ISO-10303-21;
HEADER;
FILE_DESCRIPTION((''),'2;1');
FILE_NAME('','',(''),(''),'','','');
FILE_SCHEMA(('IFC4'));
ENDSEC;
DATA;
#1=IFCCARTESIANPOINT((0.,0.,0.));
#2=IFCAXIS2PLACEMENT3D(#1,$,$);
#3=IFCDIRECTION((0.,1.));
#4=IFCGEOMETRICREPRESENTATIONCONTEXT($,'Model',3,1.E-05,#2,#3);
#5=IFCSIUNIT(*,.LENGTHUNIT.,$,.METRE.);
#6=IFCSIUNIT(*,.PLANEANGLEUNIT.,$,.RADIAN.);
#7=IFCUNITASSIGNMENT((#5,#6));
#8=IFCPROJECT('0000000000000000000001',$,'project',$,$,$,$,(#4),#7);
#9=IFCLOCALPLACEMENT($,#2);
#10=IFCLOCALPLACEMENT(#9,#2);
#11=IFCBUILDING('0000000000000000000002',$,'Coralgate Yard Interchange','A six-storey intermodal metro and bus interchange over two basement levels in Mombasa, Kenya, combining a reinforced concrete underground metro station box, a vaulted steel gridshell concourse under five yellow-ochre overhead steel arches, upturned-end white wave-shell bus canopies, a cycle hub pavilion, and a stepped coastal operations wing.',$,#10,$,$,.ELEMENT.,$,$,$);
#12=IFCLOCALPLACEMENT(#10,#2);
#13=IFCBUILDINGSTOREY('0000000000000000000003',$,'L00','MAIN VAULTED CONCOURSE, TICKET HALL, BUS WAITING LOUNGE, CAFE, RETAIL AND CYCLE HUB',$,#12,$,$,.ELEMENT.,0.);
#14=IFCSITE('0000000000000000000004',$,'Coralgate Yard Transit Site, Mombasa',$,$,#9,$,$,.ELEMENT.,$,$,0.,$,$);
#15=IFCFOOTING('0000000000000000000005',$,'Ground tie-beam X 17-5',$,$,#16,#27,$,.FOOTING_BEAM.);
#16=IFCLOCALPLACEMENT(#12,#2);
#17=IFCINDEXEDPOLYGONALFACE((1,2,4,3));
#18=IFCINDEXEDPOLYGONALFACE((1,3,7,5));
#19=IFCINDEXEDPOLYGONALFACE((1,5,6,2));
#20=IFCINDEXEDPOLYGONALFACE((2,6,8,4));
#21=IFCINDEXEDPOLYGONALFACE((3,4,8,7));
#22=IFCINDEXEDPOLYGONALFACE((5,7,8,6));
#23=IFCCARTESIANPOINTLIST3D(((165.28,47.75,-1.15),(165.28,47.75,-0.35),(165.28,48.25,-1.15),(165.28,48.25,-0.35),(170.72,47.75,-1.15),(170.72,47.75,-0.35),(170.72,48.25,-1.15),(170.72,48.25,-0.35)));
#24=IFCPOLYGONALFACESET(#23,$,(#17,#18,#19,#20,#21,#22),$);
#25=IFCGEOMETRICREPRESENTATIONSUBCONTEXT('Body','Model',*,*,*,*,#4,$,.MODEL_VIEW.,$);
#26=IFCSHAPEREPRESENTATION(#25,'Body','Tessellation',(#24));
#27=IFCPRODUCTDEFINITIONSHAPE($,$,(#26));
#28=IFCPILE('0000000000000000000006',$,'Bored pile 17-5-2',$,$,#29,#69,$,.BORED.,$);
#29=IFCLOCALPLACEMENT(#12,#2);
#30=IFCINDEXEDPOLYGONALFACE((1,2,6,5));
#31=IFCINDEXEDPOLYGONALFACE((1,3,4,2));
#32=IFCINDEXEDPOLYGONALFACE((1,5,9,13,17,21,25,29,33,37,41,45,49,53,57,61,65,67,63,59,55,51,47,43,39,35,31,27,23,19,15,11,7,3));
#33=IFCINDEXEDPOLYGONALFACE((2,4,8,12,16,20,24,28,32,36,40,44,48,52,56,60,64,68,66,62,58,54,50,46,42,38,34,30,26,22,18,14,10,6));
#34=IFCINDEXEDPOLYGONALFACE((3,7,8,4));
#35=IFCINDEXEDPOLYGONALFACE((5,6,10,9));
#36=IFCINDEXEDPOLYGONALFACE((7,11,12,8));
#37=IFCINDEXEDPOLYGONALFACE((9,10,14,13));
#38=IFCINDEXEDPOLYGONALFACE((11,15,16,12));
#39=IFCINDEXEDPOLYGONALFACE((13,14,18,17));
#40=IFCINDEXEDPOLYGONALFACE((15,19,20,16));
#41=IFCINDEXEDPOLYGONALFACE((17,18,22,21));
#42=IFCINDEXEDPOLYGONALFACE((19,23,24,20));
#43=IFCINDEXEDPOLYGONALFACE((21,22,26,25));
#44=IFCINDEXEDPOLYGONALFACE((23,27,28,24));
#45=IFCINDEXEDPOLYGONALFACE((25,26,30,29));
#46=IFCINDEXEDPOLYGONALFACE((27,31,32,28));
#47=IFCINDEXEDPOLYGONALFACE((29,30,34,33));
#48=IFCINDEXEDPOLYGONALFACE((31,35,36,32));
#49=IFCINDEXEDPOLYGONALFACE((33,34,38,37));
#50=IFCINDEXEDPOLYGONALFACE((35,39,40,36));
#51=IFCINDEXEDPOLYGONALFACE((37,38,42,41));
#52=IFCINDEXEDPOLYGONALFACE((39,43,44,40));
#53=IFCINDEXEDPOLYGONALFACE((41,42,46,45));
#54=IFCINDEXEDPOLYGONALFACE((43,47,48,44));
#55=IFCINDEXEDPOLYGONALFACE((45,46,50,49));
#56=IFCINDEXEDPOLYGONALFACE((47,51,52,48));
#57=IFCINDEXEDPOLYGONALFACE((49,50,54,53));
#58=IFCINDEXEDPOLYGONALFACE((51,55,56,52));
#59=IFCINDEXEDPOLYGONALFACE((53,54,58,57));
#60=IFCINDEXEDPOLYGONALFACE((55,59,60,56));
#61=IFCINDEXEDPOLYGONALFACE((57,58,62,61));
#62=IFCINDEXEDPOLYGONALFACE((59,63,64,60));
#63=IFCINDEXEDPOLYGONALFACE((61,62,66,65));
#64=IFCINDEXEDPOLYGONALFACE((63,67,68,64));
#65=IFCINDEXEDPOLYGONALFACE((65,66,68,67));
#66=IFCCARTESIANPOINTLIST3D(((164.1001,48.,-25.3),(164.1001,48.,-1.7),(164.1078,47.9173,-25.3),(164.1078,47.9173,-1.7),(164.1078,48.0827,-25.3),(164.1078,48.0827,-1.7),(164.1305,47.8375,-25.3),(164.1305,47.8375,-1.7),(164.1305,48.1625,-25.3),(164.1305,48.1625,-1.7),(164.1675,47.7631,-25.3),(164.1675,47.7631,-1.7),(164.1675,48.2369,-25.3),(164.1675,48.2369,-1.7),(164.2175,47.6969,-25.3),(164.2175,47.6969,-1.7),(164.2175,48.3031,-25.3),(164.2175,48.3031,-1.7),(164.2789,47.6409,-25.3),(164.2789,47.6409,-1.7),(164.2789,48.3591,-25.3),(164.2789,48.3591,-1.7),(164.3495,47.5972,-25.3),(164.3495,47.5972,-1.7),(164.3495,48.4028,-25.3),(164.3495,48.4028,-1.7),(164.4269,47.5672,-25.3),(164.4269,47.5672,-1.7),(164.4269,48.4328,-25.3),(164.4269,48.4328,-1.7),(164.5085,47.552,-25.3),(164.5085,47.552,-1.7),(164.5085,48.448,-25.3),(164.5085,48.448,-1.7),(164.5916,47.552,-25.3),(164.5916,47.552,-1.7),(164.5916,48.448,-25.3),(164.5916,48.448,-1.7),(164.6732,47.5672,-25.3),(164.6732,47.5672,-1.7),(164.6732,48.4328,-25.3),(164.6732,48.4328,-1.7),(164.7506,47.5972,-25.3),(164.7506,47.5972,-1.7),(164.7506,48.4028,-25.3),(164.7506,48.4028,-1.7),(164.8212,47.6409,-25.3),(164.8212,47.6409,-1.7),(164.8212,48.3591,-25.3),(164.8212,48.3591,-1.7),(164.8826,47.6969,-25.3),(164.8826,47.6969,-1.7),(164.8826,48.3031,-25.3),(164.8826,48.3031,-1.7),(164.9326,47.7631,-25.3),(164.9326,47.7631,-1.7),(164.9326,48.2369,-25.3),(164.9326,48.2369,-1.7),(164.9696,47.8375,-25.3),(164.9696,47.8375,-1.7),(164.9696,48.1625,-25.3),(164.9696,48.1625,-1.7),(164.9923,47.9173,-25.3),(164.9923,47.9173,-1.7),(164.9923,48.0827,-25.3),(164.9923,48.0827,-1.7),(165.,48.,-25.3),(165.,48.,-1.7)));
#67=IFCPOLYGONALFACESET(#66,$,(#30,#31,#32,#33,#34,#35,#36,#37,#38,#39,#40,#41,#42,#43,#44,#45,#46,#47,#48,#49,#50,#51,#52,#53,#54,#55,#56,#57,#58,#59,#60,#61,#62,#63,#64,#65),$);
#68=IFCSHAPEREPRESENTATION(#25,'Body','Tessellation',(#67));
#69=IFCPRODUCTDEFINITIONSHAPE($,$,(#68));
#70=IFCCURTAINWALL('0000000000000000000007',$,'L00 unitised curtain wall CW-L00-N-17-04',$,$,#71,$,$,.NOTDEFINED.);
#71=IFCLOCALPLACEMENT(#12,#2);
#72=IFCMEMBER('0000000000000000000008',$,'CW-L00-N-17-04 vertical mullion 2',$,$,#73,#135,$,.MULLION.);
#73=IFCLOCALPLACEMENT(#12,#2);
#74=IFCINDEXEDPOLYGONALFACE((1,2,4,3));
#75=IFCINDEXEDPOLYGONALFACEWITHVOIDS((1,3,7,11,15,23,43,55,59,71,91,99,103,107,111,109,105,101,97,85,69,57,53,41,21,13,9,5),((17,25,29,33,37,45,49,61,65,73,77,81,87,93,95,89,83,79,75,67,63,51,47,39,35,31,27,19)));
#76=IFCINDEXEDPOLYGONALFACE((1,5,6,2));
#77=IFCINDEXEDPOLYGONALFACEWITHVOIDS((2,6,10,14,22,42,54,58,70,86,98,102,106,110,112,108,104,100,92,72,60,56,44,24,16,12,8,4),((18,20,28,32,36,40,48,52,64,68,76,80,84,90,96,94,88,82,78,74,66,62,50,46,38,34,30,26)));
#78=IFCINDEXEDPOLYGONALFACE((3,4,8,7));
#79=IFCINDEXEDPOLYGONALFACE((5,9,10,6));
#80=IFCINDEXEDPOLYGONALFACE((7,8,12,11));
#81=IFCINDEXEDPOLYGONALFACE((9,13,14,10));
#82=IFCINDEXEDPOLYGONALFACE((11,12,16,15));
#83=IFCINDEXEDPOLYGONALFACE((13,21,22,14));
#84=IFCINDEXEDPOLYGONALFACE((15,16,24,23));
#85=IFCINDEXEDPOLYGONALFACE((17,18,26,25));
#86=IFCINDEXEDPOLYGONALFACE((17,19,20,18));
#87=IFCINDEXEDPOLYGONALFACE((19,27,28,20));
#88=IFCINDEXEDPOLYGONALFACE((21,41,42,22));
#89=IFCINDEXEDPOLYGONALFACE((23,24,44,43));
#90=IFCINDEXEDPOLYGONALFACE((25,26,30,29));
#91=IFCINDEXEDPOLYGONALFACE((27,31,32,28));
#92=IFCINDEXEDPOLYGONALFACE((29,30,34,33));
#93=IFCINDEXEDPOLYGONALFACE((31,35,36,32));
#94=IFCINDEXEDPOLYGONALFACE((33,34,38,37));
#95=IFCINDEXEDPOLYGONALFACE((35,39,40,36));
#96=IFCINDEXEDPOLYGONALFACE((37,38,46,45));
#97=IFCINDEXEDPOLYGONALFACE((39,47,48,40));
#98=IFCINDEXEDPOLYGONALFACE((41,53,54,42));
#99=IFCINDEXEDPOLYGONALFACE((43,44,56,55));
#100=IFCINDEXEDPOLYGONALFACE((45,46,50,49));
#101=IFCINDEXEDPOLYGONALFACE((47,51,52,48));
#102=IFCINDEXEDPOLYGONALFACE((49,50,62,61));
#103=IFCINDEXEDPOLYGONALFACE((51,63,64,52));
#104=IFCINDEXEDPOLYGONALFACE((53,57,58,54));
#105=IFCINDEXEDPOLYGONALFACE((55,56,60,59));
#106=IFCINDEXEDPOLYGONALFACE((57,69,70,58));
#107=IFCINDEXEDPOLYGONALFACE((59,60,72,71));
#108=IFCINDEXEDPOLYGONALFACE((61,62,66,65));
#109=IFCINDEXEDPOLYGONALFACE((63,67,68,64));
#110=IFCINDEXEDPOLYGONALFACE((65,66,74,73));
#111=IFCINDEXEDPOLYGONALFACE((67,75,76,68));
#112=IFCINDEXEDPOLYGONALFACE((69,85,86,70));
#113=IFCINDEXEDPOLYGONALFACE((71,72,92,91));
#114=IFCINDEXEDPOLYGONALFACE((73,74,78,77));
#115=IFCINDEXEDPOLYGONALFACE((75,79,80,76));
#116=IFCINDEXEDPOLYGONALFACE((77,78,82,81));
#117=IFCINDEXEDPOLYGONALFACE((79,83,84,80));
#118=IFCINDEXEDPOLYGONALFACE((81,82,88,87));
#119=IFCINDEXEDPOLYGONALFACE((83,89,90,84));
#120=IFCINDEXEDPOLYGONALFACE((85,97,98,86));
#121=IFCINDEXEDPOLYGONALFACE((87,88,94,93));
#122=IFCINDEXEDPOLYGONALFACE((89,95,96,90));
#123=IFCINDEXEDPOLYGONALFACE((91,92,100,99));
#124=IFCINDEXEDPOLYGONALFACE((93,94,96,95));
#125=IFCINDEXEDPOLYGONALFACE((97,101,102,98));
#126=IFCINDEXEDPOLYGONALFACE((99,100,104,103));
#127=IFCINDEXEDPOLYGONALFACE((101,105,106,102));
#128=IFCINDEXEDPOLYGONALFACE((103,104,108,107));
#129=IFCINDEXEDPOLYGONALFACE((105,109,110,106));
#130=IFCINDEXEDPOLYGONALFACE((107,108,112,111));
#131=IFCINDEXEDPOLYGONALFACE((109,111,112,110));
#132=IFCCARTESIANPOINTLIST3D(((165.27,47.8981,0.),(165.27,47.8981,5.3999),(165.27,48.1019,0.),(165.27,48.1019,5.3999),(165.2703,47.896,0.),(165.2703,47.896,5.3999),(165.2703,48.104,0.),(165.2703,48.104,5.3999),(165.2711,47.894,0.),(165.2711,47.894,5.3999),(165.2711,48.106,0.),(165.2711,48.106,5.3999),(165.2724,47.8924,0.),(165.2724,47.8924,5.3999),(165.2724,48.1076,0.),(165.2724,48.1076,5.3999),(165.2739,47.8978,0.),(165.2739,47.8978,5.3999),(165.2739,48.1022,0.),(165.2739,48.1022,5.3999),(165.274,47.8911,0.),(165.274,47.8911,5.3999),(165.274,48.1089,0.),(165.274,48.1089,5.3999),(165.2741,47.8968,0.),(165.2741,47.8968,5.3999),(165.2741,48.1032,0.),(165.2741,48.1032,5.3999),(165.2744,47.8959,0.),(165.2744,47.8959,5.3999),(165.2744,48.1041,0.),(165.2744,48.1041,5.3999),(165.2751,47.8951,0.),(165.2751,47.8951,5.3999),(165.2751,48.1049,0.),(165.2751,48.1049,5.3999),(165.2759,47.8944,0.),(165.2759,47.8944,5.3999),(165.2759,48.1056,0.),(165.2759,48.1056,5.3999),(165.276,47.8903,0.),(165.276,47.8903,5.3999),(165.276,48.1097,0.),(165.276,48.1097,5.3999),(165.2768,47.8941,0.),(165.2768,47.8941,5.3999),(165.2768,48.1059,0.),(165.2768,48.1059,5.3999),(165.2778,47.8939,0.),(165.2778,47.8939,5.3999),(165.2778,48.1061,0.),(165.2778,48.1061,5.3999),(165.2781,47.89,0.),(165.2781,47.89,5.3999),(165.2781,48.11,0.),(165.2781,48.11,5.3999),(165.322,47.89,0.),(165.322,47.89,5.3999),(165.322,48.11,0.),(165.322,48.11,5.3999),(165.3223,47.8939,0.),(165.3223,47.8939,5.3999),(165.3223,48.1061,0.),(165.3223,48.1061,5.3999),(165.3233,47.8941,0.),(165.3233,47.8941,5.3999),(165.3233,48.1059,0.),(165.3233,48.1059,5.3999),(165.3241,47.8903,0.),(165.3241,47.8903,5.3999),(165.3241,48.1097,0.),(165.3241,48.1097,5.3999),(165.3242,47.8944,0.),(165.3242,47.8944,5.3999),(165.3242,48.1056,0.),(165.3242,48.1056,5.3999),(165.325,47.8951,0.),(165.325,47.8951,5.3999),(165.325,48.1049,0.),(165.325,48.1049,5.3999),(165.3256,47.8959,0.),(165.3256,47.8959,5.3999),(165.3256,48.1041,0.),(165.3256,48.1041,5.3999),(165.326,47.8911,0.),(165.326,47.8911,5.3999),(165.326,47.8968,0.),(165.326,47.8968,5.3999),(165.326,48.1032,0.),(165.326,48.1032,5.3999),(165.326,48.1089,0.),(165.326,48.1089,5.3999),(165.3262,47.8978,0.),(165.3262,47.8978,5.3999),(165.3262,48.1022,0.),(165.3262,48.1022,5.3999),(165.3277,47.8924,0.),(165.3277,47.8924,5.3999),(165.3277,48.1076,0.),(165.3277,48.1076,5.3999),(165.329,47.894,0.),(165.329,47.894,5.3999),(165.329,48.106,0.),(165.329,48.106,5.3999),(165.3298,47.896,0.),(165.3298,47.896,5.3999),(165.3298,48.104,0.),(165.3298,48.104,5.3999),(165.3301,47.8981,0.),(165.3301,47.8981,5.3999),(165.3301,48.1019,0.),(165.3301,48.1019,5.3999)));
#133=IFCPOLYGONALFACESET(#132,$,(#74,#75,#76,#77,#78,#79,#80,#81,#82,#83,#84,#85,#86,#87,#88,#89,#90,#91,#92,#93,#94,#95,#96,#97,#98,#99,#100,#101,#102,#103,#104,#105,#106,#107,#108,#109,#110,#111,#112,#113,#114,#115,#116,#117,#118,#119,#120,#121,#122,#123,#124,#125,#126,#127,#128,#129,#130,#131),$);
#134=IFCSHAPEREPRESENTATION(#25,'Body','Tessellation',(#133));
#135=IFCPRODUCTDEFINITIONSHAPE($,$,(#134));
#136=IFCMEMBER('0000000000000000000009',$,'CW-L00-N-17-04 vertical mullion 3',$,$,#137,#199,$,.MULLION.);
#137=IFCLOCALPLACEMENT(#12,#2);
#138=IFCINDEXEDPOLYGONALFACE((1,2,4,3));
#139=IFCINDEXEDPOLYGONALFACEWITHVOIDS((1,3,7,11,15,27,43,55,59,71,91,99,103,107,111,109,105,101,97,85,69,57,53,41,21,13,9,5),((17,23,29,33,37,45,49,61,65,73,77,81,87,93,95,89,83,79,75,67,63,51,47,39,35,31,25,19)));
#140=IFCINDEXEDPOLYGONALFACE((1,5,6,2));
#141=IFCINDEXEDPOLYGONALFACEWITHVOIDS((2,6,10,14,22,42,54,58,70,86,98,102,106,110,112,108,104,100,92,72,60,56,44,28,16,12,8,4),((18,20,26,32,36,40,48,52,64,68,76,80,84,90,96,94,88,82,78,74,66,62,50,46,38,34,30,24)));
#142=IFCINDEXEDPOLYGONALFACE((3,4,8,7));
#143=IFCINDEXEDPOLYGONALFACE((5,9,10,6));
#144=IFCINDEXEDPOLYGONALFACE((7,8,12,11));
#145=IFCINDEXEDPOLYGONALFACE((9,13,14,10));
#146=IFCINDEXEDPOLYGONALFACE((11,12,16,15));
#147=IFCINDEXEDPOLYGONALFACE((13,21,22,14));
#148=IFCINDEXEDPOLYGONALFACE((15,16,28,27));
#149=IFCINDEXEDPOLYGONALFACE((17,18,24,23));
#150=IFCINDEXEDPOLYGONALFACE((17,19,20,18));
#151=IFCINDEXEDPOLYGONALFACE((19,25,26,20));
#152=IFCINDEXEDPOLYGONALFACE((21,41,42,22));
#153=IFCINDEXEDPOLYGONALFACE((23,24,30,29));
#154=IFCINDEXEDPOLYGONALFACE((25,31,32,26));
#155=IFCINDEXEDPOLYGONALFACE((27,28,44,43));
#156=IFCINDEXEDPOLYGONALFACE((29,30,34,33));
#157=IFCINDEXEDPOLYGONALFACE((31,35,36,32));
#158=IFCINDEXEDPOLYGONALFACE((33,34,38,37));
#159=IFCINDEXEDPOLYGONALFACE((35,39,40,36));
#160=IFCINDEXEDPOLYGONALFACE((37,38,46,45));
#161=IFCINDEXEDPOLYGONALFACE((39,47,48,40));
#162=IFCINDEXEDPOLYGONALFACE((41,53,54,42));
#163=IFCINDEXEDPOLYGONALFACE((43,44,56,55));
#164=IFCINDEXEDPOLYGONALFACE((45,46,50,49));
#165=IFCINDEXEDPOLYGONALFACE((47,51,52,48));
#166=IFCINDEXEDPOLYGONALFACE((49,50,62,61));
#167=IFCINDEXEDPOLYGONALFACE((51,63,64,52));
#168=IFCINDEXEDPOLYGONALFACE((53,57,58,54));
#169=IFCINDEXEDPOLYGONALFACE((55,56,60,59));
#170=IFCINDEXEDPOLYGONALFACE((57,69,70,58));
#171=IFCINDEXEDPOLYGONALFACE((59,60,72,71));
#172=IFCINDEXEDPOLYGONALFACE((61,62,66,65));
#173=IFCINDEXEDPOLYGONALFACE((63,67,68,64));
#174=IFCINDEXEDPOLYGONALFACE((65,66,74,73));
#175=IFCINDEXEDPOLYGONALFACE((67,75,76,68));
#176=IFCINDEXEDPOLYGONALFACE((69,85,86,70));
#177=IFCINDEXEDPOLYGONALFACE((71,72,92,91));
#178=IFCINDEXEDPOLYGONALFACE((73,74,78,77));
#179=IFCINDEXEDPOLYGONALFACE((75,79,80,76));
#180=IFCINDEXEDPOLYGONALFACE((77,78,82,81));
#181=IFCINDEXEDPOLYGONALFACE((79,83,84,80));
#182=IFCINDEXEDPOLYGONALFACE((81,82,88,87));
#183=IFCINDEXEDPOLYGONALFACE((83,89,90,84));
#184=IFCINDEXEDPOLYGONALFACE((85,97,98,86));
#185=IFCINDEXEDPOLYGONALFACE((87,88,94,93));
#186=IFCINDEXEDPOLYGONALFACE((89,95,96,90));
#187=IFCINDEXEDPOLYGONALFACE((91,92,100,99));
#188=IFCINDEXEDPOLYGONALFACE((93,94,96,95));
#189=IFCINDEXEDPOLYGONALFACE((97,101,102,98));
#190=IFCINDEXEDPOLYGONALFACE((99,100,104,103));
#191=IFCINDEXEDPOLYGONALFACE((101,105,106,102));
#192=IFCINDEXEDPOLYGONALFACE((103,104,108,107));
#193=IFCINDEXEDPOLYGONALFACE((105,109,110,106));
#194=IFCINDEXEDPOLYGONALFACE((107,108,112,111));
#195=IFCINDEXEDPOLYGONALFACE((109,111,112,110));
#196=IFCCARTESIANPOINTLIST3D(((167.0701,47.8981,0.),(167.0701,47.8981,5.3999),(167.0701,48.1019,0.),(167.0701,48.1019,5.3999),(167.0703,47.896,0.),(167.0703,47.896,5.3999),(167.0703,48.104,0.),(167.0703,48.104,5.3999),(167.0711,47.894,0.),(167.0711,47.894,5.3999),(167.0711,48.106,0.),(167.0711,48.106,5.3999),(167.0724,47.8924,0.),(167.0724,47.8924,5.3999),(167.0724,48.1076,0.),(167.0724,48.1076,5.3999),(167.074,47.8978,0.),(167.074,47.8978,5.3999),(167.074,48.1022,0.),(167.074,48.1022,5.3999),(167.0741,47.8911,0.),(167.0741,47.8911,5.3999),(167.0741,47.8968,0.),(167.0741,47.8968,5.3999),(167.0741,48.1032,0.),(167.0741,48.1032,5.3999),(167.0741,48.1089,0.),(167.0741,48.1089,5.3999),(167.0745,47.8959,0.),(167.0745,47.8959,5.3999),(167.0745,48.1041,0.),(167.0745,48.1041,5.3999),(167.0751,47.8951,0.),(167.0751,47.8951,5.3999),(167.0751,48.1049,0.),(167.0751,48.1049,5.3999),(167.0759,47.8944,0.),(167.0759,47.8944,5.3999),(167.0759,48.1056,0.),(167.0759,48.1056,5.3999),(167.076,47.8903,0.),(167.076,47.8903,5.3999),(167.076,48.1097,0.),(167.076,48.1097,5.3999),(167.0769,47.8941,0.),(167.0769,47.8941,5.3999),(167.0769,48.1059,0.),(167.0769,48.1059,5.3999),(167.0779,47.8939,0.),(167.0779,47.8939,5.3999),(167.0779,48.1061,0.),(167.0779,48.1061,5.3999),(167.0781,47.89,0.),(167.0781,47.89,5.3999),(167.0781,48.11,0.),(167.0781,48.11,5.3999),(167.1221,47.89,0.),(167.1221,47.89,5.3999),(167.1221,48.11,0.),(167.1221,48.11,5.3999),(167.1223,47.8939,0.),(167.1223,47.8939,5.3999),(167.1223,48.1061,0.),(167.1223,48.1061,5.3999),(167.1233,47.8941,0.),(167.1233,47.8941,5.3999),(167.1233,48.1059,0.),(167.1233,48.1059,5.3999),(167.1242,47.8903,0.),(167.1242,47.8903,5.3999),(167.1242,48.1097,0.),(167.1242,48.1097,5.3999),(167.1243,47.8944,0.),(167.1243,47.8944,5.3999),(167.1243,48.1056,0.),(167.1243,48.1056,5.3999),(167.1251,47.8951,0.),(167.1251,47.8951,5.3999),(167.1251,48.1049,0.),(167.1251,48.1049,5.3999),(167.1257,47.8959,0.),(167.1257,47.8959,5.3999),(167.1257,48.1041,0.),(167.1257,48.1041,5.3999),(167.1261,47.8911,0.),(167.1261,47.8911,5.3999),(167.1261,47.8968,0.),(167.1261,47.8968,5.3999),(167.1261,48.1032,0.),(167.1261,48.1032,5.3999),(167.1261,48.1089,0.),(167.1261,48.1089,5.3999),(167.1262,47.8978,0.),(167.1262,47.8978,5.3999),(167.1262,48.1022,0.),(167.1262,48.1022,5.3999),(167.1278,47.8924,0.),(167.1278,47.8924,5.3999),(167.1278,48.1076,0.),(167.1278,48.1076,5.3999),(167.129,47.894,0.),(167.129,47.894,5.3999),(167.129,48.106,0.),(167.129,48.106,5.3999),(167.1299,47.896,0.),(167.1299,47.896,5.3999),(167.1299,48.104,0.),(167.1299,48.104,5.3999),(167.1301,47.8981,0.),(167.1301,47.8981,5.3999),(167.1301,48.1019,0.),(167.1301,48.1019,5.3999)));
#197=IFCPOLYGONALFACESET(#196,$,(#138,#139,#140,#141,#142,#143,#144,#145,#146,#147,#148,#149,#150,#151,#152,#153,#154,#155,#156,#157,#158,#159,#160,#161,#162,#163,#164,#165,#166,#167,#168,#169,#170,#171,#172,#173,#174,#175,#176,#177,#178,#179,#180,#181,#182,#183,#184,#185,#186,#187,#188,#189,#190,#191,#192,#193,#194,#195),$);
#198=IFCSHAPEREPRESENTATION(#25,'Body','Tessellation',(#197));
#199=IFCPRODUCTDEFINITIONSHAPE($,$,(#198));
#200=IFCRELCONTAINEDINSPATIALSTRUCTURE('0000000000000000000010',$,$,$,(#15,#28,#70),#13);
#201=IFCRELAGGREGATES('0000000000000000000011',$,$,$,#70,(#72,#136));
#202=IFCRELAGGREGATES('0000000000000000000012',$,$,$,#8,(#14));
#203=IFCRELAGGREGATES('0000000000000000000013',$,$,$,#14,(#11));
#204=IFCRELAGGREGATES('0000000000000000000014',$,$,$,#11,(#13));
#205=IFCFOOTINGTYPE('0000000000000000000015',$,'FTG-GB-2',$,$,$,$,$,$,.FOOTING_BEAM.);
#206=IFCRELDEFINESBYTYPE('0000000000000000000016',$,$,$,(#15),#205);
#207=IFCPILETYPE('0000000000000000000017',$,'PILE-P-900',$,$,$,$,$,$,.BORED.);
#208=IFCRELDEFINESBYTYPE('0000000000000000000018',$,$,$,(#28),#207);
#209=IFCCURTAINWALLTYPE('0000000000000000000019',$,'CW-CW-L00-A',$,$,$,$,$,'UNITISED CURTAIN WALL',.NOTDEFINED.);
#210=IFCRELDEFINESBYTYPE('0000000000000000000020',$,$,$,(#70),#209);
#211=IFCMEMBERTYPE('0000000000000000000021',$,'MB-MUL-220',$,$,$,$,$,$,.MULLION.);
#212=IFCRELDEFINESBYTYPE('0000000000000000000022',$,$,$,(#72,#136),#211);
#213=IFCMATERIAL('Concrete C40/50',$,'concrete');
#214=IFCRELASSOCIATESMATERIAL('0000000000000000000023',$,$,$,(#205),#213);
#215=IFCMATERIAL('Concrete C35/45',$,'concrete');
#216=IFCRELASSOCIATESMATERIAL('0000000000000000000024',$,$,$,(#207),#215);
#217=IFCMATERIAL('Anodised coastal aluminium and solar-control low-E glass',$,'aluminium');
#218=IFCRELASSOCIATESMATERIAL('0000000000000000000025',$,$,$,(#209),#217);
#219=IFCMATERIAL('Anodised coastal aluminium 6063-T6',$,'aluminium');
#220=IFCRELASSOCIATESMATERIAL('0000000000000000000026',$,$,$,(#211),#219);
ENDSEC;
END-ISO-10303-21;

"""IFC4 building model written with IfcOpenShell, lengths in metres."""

from ifc_helpers import new_model, si_unit, direction, frame, origin, origin_2d, place, context, subcontext, project, spatial, rectangle, hollow_rectangle, circle, extrude, material, material_profile, profile_set, type_object, element, aggregate, save


model = new_model("IFC4")

# Units and contexts
model_context = context("Model", 3, precision=1e-05, world=origin(), true_north=direction((0.0, 1.0)))
body_context = subcontext(model_context, "Body", "Model", "MODEL_VIEW")
ifc_project = project(units=[si_unit("LENGTHUNIT", "METRE"), si_unit("PLANEANGLEUNIT", "RADIAN")], contexts=[model_context])

# Site, building, storey
site_placement = place(None, origin())
site = spatial("IfcSite", under=ifc_project, at=site_placement, Name="Coralgate Yard Transit Site, Mombasa", CompositionType="ELEMENT", RefElevation=0.0)
building_placement = place(site_placement, origin())
building = spatial("IfcBuilding", under=site, at=building_placement, Name="Coralgate Yard Interchange", Description="A six-storey intermodal metro and bus interchange over two basement levels in Mombasa, Kenya, combining a reinforced concrete underground metro station box, a vaulted steel gridshell concourse under five yellow-ochre overhead steel arches, upturned-end white wave-shell bus canopies, a cycle hub pavilion, and a stepped coastal operations wing.", CompositionType="ELEMENT")
storey_placement = place(building_placement, origin())
storey = spatial("IfcBuildingStorey", under=building, at=storey_placement, Name="L00", Description="MAIN VAULTED CONCOURSE, TICKET HALL, BUS WAITING LOUNGE, CAFE, RETAIL AND CYCLE HUB", CompositionType="ELEMENT", Elevation=0.0)

# Footing
ifc_material_1 = material(Name="Concrete C40/50", Category="concrete")
ifc_material_profile_1 = material_profile(ifc_material_1, rectangle(XDim=0.5, YDim=0.8, at=origin_2d()), Name="RC 500x800")
ifc_profile_set_1 = profile_set([ifc_material_profile_1], Name="Concrete C40/50")
footing_type = type_object("IfcFootingType", Name="FTG-GB-2", PredefinedType="FOOTING_BEAM", material=ifc_profile_set_1)
footing_placement = place(storey_placement, frame((165.28, 48.0, -0.75), z_axis=(1.0, 0.0, 0.0), x_axis=(0.0, 1.0, 0.0)))
element("IfcFooting", 1, at=footing_placement, inside=storey, type_object=footing_type, Name="Ground tie-beam X 17-5", PredefinedType="FOOTING_BEAM", context=body_context, shape_type="SweptSolid", body=[
    extrude(rectangle(XDim=0.5, YDim=0.8, at=origin_2d()), origin(), (0.0, 0.0, 1.0), 5.4399),
])

# Pile
ifc_material_2 = material(Name="Concrete C35/45", Category="concrete")
ifc_material_profile_2 = material_profile(ifc_material_2, circle(Radius=0.45, at=origin_2d()), Name="BORED PILE D900")
ifc_profile_set_2 = profile_set([ifc_material_profile_2], Name="Concrete C35/45")
pile_type = type_object("IfcPileType", Name="PILE-P-900", PredefinedType="BORED", material=ifc_profile_set_2)
pile_placement = place(storey_placement, frame((164.55, 48.0, -1.7), z_axis=(0.0, 0.0, -1.0), x_axis=(1.0, 0.0, 0.0)))
element("IfcPile", 2, at=pile_placement, inside=storey, type_object=pile_type, Name="Bored pile 17-5-2", PredefinedType="BORED", context=body_context, shape_type="SweptSolid", body=[
    extrude(circle(Radius=0.45, at=origin_2d()), origin(), (0.0, 0.0, 1.0), 23.6001),
])

# Curtain wall, members
ifc_material_3 = material(Name="Anodised coastal aluminium and solar-control low-E glass", Category="aluminium")
curtain_wall_type = type_object("IfcCurtainWallType", Name="CW-CW-L00-A", ElementType="UNITISED CURTAIN WALL", PredefinedType="NOTDEFINED", material=ifc_material_3)
curtain_wall_placement = place(storey_placement, origin())
curtain_wall = element("IfcCurtainWall", 3, at=curtain_wall_placement, inside=storey, type_object=curtain_wall_type, Name="L00 unitised curtain wall CW-L00-N-17-04", PredefinedType="NOTDEFINED")
ifc_material_4 = material(Name="Anodised coastal aluminium 6063-T6", Category="aluminium")
ifc_material_profile_3 = material_profile(ifc_material_4, hollow_rectangle(XDim=0.0601, YDim=0.22, WallThickness=0.0039, InnerFilletRadius=0.0039, OuterFilletRadius=0.0081, at=origin_2d()), Name="ALU 60x220x4")
ifc_profile_set_3 = profile_set([ifc_material_profile_3], Name="Anodised coastal aluminium 6063-T6")
member_type_1 = type_object("IfcMemberType", Name="MB-MUL-220", PredefinedType="MULLION", material=ifc_profile_set_3)
member_1_placement = place(storey_placement, frame((165.3, 48.0, 0.0), z_axis=(0.0, 0.0, 1.0), x_axis=(1.0, 0.0, 0.0)))
member_1 = element("IfcMember", 4, at=member_1_placement, type_object=member_type_1, Name="CW-L00-N-17-04 vertical mullion 2", PredefinedType="MULLION", context=body_context, shape_type="SweptSolid", body=[
    extrude(hollow_rectangle(XDim=0.0601, YDim=0.22, WallThickness=0.0039, InnerFilletRadius=0.0039, OuterFilletRadius=0.0081, at=origin_2d()), origin(), (0.0, 0.0, 1.0), 5.3999),
])
member_2_placement = place(storey_placement, frame((167.1001, 48.0, 0.0), z_axis=(0.0, 0.0, 1.0), x_axis=(1.0, 0.0, 0.0)))
member_2 = element("IfcMember", 5, at=member_2_placement, type_object=member_type_1, Name="CW-L00-N-17-04 vertical mullion 3", PredefinedType="MULLION", context=body_context, shape_type="SweptSolid", body=[
    extrude(hollow_rectangle(XDim=0.0601, YDim=0.22, WallThickness=0.0039, InnerFilletRadius=0.0039, OuterFilletRadius=0.0081, at=origin_2d()), origin(), (0.0, 0.0, 1.0), 5.3999),
])
aggregate(curtain_wall, [member_1, member_2])

save(model, "model.ifc")
